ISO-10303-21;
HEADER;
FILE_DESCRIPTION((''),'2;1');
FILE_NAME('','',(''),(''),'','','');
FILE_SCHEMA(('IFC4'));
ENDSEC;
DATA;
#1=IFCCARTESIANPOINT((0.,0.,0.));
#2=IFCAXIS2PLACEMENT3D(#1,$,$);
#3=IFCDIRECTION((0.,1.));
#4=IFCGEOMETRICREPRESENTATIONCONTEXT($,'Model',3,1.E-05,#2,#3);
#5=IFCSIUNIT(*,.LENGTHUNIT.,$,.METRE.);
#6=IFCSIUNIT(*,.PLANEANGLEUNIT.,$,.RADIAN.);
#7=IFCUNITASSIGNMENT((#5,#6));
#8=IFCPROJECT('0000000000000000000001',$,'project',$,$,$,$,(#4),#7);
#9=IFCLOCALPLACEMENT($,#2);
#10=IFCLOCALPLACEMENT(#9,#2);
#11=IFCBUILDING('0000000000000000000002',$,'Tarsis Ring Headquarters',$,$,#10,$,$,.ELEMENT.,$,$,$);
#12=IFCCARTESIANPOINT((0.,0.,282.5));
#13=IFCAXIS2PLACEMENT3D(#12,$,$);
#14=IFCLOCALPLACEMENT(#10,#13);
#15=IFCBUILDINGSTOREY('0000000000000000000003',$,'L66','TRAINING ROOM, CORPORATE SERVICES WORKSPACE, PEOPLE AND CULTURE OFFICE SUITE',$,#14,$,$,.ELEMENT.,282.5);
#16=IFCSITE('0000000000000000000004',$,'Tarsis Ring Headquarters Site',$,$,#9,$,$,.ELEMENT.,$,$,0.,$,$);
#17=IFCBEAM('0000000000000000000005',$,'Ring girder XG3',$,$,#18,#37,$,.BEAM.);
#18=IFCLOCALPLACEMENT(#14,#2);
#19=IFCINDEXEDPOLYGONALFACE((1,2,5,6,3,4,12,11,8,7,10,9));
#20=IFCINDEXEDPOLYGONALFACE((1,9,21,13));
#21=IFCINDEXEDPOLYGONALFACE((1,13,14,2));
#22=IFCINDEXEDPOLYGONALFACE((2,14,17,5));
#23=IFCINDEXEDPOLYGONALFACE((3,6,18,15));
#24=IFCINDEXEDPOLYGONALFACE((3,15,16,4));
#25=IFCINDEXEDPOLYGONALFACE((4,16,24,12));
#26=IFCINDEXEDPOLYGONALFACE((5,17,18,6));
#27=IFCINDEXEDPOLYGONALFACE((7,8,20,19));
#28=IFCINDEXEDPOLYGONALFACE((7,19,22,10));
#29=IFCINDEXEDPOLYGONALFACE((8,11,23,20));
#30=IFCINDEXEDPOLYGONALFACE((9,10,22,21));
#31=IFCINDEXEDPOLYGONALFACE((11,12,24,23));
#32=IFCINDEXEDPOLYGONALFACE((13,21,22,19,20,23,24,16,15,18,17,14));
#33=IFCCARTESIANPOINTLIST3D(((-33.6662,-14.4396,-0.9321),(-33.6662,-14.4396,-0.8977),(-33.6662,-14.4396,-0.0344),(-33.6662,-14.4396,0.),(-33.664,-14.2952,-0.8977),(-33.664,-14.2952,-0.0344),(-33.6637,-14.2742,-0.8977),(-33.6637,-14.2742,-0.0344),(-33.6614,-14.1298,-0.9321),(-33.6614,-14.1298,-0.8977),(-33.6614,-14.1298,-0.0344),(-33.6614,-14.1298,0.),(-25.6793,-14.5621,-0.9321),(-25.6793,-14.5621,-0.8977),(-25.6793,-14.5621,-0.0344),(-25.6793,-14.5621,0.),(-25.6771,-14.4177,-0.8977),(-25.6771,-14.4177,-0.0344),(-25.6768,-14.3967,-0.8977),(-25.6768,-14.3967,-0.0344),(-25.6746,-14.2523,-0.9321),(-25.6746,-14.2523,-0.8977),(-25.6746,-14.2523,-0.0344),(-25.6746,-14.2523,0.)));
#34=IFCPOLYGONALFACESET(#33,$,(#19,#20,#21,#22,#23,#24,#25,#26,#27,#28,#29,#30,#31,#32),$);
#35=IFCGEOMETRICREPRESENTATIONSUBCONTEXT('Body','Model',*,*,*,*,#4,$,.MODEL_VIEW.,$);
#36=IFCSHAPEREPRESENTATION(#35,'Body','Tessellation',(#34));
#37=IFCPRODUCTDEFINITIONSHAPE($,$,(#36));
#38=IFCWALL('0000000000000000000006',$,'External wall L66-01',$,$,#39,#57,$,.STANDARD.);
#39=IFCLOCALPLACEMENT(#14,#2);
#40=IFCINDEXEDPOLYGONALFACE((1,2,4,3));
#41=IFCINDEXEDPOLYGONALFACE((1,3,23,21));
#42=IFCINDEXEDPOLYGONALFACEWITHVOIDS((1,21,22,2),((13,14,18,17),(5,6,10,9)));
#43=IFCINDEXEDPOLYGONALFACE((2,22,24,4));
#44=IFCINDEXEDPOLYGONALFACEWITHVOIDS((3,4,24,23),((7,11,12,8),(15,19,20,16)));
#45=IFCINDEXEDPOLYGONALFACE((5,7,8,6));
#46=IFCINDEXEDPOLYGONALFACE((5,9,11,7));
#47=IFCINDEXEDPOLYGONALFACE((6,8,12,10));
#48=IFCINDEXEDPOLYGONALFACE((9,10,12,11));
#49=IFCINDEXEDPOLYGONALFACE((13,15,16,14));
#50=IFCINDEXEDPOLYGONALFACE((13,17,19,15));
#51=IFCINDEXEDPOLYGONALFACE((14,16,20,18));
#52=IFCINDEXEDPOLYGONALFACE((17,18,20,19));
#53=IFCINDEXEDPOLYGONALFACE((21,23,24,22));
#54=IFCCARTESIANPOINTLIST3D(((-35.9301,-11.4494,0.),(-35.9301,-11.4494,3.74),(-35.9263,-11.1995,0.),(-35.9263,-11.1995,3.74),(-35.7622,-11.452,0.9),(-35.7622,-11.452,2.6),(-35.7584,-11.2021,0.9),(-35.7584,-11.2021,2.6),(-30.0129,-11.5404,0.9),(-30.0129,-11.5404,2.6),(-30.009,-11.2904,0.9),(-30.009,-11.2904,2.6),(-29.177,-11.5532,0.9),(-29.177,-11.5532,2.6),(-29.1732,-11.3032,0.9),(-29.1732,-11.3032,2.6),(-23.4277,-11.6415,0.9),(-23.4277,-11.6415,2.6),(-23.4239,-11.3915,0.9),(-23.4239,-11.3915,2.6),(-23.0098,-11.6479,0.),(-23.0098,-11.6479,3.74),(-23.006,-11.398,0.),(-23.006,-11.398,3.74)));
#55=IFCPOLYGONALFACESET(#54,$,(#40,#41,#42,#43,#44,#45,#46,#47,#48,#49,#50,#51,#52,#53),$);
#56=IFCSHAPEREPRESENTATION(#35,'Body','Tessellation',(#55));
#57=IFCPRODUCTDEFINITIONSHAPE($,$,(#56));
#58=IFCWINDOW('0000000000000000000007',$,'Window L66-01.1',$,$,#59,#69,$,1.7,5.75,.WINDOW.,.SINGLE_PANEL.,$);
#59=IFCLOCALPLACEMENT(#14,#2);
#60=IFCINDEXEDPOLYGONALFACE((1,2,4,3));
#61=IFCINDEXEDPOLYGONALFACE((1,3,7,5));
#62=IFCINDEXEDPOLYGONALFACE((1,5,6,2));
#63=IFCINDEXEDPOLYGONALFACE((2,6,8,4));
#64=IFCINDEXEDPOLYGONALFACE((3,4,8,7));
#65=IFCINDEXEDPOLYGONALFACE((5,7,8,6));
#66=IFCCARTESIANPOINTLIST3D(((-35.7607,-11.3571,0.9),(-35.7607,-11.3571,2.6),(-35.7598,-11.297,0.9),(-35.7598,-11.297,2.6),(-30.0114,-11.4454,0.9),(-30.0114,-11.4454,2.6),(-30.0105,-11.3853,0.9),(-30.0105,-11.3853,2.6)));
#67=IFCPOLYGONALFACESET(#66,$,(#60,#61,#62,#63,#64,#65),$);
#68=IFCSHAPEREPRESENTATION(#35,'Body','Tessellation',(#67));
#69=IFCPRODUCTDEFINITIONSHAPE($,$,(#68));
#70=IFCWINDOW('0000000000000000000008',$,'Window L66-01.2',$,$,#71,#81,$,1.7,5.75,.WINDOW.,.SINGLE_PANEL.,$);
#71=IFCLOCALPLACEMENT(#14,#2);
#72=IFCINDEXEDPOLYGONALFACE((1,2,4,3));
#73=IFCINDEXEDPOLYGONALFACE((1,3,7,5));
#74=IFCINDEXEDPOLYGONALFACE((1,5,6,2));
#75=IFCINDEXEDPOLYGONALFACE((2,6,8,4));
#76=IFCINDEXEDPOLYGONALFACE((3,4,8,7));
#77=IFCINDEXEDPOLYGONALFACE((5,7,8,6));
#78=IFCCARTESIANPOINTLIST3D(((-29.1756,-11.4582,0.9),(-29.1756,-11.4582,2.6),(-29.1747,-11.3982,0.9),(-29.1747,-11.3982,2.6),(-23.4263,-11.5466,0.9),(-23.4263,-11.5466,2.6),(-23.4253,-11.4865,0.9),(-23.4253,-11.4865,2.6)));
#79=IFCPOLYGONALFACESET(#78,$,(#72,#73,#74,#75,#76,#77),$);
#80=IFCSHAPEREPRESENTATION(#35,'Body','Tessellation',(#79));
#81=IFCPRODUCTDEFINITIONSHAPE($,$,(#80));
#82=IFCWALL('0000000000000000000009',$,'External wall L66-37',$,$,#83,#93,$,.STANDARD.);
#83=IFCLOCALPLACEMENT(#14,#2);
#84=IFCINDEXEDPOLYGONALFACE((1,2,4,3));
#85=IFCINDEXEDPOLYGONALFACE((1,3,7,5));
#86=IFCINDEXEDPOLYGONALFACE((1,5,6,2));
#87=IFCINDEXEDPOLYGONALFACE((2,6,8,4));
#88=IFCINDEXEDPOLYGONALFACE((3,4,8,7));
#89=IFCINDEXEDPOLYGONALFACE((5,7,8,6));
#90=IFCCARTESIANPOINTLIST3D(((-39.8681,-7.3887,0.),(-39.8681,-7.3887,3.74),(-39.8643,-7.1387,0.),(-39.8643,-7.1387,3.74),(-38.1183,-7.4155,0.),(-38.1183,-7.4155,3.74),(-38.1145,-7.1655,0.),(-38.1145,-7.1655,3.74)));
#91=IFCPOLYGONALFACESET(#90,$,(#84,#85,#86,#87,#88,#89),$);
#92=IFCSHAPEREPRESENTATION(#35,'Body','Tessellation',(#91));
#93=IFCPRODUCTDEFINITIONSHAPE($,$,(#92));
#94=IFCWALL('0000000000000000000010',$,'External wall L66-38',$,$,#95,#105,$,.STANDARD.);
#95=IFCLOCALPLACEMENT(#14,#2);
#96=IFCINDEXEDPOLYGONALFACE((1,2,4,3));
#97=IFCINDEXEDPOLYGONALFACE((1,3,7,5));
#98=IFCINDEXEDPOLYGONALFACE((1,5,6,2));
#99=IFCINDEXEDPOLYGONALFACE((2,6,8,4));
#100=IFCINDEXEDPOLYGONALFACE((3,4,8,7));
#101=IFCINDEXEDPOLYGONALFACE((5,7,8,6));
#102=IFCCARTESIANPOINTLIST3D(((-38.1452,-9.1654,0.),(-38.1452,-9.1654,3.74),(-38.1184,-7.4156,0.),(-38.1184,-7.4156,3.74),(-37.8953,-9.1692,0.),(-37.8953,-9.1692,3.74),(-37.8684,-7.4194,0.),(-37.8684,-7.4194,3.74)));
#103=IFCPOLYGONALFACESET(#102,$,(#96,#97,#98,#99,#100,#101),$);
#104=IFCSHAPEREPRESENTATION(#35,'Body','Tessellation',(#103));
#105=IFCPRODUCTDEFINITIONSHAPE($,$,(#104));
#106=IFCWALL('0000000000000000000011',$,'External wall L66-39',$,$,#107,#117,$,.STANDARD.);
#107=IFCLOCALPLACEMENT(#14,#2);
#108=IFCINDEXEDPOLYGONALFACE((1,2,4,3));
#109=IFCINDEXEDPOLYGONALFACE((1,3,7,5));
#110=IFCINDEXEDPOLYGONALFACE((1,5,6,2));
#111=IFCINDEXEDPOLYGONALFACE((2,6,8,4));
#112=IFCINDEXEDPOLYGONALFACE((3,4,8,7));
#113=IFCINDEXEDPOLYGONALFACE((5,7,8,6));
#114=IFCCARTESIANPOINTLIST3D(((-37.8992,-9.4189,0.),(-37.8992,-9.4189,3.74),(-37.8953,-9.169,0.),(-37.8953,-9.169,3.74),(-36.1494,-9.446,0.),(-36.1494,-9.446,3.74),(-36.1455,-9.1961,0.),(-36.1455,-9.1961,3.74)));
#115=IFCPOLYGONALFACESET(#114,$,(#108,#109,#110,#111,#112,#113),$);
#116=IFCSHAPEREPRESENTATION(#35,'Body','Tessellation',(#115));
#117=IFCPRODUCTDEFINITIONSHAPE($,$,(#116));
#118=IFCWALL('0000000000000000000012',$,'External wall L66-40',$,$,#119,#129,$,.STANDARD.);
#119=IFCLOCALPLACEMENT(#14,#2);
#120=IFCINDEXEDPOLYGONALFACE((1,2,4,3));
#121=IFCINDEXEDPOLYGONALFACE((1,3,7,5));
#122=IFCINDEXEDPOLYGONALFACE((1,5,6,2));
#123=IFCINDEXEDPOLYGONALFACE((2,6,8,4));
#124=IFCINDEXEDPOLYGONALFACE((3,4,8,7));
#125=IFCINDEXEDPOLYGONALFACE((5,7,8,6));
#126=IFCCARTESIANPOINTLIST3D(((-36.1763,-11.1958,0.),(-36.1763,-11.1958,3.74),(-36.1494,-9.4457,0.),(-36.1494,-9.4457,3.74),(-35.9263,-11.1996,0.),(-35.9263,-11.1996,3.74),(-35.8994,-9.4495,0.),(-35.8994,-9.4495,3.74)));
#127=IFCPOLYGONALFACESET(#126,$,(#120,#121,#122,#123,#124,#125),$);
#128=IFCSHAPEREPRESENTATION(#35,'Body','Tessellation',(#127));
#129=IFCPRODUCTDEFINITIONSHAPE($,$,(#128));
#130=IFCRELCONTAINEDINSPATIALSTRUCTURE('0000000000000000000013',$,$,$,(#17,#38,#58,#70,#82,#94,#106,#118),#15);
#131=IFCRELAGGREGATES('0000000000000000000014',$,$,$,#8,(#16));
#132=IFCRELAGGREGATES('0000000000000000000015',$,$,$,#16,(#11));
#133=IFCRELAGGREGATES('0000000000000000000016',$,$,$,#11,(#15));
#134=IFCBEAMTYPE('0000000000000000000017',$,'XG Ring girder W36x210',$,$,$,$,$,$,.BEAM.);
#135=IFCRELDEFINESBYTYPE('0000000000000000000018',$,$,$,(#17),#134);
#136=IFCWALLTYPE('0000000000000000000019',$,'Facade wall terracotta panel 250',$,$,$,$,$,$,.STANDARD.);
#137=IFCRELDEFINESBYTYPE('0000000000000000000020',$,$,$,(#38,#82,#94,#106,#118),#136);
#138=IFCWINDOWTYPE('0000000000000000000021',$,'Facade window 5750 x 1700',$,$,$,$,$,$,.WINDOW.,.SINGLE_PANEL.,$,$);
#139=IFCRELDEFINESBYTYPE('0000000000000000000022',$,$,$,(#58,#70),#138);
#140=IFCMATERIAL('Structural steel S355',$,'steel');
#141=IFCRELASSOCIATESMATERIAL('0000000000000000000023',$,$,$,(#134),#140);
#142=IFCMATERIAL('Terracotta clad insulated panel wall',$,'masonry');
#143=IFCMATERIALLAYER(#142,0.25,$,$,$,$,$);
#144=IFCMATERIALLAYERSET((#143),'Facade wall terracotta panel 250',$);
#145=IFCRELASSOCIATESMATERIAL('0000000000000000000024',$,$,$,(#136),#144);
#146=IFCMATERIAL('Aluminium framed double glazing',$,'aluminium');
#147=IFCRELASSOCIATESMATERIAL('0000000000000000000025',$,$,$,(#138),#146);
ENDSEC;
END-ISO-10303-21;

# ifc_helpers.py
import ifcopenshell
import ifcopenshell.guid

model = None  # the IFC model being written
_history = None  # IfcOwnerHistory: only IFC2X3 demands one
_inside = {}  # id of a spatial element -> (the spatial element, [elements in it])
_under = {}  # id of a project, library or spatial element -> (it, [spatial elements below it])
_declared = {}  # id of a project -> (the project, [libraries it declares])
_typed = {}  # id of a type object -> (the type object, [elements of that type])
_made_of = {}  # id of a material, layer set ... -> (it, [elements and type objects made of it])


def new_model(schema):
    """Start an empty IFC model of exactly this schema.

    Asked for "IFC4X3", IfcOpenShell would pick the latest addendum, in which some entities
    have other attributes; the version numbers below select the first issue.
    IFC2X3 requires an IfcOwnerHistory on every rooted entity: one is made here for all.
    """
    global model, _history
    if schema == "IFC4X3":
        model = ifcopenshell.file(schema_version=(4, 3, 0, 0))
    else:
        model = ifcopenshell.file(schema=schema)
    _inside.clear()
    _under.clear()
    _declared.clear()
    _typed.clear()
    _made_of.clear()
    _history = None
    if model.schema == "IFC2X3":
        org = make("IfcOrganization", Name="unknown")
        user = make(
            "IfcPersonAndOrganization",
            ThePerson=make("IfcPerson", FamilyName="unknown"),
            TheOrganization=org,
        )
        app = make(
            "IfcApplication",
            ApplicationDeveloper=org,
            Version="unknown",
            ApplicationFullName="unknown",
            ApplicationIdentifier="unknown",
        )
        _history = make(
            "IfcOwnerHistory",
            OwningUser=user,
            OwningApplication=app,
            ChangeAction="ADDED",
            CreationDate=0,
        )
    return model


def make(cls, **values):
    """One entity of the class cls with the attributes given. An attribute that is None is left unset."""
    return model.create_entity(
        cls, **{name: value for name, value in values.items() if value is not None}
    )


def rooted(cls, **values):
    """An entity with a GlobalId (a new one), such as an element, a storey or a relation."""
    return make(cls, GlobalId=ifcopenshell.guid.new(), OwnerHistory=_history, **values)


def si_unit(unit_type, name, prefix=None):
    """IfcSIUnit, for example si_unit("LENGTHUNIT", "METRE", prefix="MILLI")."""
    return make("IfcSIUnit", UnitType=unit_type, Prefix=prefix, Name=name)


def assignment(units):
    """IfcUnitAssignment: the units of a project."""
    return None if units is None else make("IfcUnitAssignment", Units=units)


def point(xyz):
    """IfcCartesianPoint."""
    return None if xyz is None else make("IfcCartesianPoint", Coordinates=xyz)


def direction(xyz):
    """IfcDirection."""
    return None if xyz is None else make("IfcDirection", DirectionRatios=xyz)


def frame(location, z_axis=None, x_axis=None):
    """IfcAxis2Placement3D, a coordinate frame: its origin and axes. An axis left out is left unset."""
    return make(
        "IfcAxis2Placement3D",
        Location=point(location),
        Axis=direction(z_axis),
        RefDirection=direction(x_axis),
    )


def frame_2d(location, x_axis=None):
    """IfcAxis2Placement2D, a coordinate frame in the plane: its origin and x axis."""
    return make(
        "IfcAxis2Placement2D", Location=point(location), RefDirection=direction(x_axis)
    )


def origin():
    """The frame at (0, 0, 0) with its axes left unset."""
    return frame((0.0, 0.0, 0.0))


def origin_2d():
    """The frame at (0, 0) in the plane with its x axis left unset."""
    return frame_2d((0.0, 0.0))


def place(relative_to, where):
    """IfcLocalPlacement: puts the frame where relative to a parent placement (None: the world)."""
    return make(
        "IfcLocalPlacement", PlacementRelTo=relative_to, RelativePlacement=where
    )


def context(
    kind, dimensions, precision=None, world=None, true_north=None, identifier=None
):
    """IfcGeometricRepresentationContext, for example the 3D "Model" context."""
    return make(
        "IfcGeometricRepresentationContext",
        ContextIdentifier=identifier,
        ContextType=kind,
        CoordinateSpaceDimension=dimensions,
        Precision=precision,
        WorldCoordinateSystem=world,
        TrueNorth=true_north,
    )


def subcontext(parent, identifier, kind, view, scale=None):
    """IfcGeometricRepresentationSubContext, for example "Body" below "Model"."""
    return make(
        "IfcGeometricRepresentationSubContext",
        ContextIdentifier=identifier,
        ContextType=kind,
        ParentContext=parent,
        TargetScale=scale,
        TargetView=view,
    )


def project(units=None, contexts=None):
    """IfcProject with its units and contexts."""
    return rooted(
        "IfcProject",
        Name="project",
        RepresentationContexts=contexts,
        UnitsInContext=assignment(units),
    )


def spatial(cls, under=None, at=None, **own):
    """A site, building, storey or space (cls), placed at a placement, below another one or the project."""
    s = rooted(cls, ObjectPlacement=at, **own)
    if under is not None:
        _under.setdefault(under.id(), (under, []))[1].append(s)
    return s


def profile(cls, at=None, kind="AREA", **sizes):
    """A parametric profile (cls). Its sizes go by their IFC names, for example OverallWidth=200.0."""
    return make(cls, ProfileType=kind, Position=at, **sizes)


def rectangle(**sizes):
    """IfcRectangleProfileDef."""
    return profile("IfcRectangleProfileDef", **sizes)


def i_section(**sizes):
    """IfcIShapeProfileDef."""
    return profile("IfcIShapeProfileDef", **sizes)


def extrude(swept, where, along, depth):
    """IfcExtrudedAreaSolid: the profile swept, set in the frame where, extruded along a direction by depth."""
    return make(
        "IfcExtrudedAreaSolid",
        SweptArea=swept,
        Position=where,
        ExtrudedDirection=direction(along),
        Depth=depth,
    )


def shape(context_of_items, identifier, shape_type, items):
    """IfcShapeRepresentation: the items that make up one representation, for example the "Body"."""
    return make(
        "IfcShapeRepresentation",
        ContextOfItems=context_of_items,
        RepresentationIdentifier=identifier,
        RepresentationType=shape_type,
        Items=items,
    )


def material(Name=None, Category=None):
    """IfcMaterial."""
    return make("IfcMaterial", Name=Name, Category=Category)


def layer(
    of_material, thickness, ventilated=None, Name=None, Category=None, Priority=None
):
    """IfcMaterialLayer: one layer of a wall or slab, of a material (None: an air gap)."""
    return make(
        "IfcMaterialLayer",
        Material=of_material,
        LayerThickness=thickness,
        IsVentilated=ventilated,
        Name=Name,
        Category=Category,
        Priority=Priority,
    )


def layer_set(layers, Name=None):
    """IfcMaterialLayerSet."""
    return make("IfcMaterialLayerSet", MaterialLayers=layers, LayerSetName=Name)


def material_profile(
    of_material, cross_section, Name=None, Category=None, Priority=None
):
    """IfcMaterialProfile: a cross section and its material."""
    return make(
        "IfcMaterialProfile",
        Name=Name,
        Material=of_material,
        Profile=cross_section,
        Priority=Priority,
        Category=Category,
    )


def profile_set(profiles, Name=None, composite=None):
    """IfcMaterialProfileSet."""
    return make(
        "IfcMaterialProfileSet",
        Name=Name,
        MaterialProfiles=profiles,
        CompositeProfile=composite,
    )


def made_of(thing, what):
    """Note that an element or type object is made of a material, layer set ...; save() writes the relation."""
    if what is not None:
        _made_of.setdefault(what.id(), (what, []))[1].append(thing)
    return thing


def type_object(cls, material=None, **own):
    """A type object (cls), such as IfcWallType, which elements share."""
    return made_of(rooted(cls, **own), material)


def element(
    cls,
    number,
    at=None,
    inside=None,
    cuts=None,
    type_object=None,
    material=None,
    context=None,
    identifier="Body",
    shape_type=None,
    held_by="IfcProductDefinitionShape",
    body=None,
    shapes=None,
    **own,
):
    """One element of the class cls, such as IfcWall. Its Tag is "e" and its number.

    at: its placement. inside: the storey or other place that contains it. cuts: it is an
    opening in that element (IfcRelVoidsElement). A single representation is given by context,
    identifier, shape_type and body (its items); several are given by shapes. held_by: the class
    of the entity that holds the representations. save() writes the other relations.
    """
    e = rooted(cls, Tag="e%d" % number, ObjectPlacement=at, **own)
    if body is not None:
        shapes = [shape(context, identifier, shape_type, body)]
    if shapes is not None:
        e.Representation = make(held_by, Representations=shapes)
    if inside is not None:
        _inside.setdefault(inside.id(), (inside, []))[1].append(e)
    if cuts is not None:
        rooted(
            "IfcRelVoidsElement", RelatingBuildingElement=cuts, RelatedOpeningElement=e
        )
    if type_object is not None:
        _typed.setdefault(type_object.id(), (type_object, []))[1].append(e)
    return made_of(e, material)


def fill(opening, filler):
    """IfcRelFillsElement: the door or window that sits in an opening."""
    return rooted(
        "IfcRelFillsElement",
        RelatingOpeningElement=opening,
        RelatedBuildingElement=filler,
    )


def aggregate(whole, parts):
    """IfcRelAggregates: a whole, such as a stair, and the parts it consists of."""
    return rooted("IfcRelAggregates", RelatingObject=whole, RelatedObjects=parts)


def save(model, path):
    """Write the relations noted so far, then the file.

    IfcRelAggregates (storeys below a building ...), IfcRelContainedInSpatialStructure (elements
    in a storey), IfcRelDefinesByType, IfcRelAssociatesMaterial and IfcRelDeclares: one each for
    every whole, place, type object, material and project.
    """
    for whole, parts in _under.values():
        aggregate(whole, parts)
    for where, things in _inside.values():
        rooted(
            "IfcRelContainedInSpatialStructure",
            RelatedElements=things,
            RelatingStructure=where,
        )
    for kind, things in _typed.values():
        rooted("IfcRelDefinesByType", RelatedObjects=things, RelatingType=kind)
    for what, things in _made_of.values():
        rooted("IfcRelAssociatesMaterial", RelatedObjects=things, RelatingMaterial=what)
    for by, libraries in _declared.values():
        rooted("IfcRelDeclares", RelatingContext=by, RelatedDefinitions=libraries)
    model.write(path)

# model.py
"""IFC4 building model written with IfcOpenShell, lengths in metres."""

from ifc_helpers import new_model, si_unit, direction, frame, frame_2d, origin, origin_2d, place, context, subcontext, project, spatial, rectangle, i_section, extrude, material, layer, layer_set, material_profile, profile_set, type_object, element, fill, save


model = new_model("IFC4")

# Units and contexts
model_context = context("Model", 3, precision=1e-05, world=origin(), true_north=direction((0.0, 1.0)))
body_context = subcontext(model_context, "Body", "Model", "MODEL_VIEW")
ifc_project = project(units=[si_unit("LENGTHUNIT", "METRE"), si_unit("PLANEANGLEUNIT", "RADIAN")], contexts=[model_context])

# Site, building, storey
site_placement = place(None, origin())
site = spatial("IfcSite", under=ifc_project, at=site_placement, Name="Tarsis Ring Headquarters Site", CompositionType="ELEMENT", RefElevation=0.0)
building_placement = place(site_placement, origin())
building = spatial("IfcBuilding", under=site, at=building_placement, Name="Tarsis Ring Headquarters", CompositionType="ELEMENT")
storey_placement = place(building_placement, frame((0.0, 0.0, 282.5)))
storey = spatial("IfcBuildingStorey", under=building, at=storey_placement, Name="L66", Description="TRAINING ROOM, CORPORATE SERVICES WORKSPACE, PEOPLE AND CULTURE OFFICE SUITE", CompositionType="ELEMENT", Elevation=282.5)

# Shared definitions
ifc_material_1 = material(Name="Structural steel S355", Category="steel")

# Beam
ifc_material_profile_1 = material_profile(ifc_material_1, i_section(OverallWidth=0.3098, OverallDepth=0.9321, WebThickness=0.021, FlangeThickness=0.0344, at=origin_2d()), Name="W36x210")
ifc_profile_set_1 = profile_set([ifc_material_profile_1], Name="Structural steel S355")
beam_type = type_object("IfcBeamType", Name="XG Ring girder W36x210", PredefinedType="BEAM", material=ifc_profile_set_1)
beam_1_placement = place(storey_placement, frame((-33.6638, -14.2847, -0.4661), z_axis=(0.999882, -0.015343, 0.0), x_axis=(0.015343, 0.999882, 0.0)))
element("IfcBeam", 1, at=beam_1_placement, inside=storey, type_object=beam_type, Name="Ring girder XG3", PredefinedType="BEAM", context=body_context, shape_type="SweptSolid", body=[
    extrude(i_section(OverallWidth=0.3098, OverallDepth=0.9321, WebThickness=0.021, FlangeThickness=0.0344, at=origin_2d()), origin(), (0.0, 0.0, 1.0), 7.9878),
])

# Wall, openings, windows
ifc_material_2 = material(Name="Terracotta clad insulated panel wall", Category="masonry")
ifc_layer = layer(ifc_material_2, 0.25)
ifc_layer_set = layer_set([ifc_layer], Name="Facade wall terracotta panel 250")
wall_type = type_object("IfcWallType", Name="Facade wall terracotta panel 250", PredefinedType="STANDARD", material=ifc_layer_set)
wall_1_placement = place(storey_placement, frame((-35.9282, -11.3245, 0.0), z_axis=(0.0, 0.0, 1.0), x_axis=(0.999882, -0.01536, 0.0)))
wall_1 = element("IfcWall", 2, at=wall_1_placement, inside=storey, type_object=wall_type, Name="External wall L66-01", PredefinedType="STANDARD", context=body_context, shape_type="SweptSolid", body=[
    extrude(rectangle(XDim=12.9219, YDim=0.25, at=frame_2d((6.4609, 0.0))), origin(), (0.0, 0.0, 1.0), 3.74),
])
opening_1_placement = place(wall_1_placement, frame((0.168, 0.0, 0.8999)))
opening_1 = element("IfcOpeningElement", 3, at=opening_1_placement, cuts=wall_1, PredefinedType="OPENING", context=body_context, shape_type="SweptSolid", body=[
    extrude(rectangle(XDim=5.75, YDim=1.7, at=frame_2d((2.875, 0.8501))), frame((0.0, 0.135, 0.0), z_axis=(0.0, -1.0, 0.0), x_axis=(1.0, 0.0, 0.0)), (0.0, 0.0, 1.0), 0.27),
])
opening_2_placement = place(wall_1_placement, frame((6.7539, 0.0, 0.8999)))
opening_2 = element("IfcOpeningElement", 4, at=opening_2_placement, cuts=wall_1, PredefinedType="OPENING", context=body_context, shape_type="SweptSolid", body=[
    extrude(rectangle(XDim=5.75, YDim=1.7, at=frame_2d((2.875, 0.8501))), frame((0.0, 0.135, 0.0), z_axis=(0.0, -1.0, 0.0), x_axis=(1.0, 0.0, 0.0)), (0.0, 0.0, 1.0), 0.27),
])
ifc_material_3 = material(Name="Aluminium framed double glazing", Category="aluminium")
window_type = type_object("IfcWindowType", Name="Facade window 5750 x 1700", PartitioningType="SINGLE_PANEL", PredefinedType="WINDOW", material=ifc_material_3)
window_1_placement = place(opening_1_placement, origin())
window_1 = element("IfcWindow", 5, at=window_1_placement, inside=storey, type_object=window_type, Name="Window L66-01.1", OverallHeight=1.7, OverallWidth=5.75, PartitioningType="SINGLE_PANEL", PredefinedType="WINDOW", context=body_context, shape_type="SweptSolid", body=[
    extrude(rectangle(XDim=5.75, YDim=1.7, at=frame_2d((2.875, 0.8501))), frame((0.0, 0.03, 0.0), z_axis=(0.0, -1.0, 0.0), x_axis=(1.0, 0.0, 0.0)), (0.0, 0.0, 1.0), 0.0601),
])
fill(opening_1, window_1)
window_2_placement = place(opening_2_placement, origin())
window_2 = element("IfcWindow", 6, at=window_2_placement, inside=storey, type_object=window_type, Name="Window L66-01.2", OverallHeight=1.7, OverallWidth=5.75, PartitioningType="SINGLE_PANEL", PredefinedType="WINDOW", context=body_context, shape_type="SweptSolid", body=[
    extrude(rectangle(XDim=5.75, YDim=1.7, at=frame_2d((2.875, 0.8501))), frame((0.0, 0.03, 0.0), z_axis=(0.0, -1.0, 0.0), x_axis=(1.0, 0.0, 0.0)), (0.0, 0.0, 1.0), 0.0601),
])
fill(opening_2, window_2)

# Walls
for number, where, z_axis, x_axis, name in (
    (7, (-39.8662, -7.2637, 0.0), (0.0, 0.0, 1.0), (0.999882, -0.015346, 0.0), "External wall L66-37"),
    (8, (-37.9934, -7.4175, 0.0), (0.0, 0.0, 1.0), (-0.015346, -0.999882, 0.0), "External wall L66-38"),
    (9, (-37.8972, -9.2939, 0.0), (0.0, 0.0, 1.0), (0.99988, -0.015486, 0.0), "External wall L66-39"),
):
    element("IfcWall", number, at=place(storey_placement, frame(where, z_axis=z_axis, x_axis=x_axis)), inside=storey, type_object=wall_type, Name=name, PredefinedType="STANDARD", context=body_context, shape_type="SweptSolid", body=[
        extrude(rectangle(XDim=1.75, YDim=0.25, at=frame_2d((0.875, 0.0))), origin(), (0.0, 0.0, 1.0), 3.74),
    ])
wall_2_placement = place(storey_placement, frame((-36.0244, -9.4478, 0.0), z_axis=(0.0, 0.0, 1.0), x_axis=(-0.015344, -0.999882, 0.0)))
element("IfcWall", 10, at=wall_2_placement, inside=storey, type_object=wall_type, Name="External wall L66-40", PredefinedType="STANDARD", context=body_context, shape_type="SweptSolid", body=[
    extrude(rectangle(XDim=1.7502, YDim=0.25, at=frame_2d((0.875, 0.0))), origin(), (0.0, 0.0, 1.0), 3.74),
])

save(model, "model.ifc")
